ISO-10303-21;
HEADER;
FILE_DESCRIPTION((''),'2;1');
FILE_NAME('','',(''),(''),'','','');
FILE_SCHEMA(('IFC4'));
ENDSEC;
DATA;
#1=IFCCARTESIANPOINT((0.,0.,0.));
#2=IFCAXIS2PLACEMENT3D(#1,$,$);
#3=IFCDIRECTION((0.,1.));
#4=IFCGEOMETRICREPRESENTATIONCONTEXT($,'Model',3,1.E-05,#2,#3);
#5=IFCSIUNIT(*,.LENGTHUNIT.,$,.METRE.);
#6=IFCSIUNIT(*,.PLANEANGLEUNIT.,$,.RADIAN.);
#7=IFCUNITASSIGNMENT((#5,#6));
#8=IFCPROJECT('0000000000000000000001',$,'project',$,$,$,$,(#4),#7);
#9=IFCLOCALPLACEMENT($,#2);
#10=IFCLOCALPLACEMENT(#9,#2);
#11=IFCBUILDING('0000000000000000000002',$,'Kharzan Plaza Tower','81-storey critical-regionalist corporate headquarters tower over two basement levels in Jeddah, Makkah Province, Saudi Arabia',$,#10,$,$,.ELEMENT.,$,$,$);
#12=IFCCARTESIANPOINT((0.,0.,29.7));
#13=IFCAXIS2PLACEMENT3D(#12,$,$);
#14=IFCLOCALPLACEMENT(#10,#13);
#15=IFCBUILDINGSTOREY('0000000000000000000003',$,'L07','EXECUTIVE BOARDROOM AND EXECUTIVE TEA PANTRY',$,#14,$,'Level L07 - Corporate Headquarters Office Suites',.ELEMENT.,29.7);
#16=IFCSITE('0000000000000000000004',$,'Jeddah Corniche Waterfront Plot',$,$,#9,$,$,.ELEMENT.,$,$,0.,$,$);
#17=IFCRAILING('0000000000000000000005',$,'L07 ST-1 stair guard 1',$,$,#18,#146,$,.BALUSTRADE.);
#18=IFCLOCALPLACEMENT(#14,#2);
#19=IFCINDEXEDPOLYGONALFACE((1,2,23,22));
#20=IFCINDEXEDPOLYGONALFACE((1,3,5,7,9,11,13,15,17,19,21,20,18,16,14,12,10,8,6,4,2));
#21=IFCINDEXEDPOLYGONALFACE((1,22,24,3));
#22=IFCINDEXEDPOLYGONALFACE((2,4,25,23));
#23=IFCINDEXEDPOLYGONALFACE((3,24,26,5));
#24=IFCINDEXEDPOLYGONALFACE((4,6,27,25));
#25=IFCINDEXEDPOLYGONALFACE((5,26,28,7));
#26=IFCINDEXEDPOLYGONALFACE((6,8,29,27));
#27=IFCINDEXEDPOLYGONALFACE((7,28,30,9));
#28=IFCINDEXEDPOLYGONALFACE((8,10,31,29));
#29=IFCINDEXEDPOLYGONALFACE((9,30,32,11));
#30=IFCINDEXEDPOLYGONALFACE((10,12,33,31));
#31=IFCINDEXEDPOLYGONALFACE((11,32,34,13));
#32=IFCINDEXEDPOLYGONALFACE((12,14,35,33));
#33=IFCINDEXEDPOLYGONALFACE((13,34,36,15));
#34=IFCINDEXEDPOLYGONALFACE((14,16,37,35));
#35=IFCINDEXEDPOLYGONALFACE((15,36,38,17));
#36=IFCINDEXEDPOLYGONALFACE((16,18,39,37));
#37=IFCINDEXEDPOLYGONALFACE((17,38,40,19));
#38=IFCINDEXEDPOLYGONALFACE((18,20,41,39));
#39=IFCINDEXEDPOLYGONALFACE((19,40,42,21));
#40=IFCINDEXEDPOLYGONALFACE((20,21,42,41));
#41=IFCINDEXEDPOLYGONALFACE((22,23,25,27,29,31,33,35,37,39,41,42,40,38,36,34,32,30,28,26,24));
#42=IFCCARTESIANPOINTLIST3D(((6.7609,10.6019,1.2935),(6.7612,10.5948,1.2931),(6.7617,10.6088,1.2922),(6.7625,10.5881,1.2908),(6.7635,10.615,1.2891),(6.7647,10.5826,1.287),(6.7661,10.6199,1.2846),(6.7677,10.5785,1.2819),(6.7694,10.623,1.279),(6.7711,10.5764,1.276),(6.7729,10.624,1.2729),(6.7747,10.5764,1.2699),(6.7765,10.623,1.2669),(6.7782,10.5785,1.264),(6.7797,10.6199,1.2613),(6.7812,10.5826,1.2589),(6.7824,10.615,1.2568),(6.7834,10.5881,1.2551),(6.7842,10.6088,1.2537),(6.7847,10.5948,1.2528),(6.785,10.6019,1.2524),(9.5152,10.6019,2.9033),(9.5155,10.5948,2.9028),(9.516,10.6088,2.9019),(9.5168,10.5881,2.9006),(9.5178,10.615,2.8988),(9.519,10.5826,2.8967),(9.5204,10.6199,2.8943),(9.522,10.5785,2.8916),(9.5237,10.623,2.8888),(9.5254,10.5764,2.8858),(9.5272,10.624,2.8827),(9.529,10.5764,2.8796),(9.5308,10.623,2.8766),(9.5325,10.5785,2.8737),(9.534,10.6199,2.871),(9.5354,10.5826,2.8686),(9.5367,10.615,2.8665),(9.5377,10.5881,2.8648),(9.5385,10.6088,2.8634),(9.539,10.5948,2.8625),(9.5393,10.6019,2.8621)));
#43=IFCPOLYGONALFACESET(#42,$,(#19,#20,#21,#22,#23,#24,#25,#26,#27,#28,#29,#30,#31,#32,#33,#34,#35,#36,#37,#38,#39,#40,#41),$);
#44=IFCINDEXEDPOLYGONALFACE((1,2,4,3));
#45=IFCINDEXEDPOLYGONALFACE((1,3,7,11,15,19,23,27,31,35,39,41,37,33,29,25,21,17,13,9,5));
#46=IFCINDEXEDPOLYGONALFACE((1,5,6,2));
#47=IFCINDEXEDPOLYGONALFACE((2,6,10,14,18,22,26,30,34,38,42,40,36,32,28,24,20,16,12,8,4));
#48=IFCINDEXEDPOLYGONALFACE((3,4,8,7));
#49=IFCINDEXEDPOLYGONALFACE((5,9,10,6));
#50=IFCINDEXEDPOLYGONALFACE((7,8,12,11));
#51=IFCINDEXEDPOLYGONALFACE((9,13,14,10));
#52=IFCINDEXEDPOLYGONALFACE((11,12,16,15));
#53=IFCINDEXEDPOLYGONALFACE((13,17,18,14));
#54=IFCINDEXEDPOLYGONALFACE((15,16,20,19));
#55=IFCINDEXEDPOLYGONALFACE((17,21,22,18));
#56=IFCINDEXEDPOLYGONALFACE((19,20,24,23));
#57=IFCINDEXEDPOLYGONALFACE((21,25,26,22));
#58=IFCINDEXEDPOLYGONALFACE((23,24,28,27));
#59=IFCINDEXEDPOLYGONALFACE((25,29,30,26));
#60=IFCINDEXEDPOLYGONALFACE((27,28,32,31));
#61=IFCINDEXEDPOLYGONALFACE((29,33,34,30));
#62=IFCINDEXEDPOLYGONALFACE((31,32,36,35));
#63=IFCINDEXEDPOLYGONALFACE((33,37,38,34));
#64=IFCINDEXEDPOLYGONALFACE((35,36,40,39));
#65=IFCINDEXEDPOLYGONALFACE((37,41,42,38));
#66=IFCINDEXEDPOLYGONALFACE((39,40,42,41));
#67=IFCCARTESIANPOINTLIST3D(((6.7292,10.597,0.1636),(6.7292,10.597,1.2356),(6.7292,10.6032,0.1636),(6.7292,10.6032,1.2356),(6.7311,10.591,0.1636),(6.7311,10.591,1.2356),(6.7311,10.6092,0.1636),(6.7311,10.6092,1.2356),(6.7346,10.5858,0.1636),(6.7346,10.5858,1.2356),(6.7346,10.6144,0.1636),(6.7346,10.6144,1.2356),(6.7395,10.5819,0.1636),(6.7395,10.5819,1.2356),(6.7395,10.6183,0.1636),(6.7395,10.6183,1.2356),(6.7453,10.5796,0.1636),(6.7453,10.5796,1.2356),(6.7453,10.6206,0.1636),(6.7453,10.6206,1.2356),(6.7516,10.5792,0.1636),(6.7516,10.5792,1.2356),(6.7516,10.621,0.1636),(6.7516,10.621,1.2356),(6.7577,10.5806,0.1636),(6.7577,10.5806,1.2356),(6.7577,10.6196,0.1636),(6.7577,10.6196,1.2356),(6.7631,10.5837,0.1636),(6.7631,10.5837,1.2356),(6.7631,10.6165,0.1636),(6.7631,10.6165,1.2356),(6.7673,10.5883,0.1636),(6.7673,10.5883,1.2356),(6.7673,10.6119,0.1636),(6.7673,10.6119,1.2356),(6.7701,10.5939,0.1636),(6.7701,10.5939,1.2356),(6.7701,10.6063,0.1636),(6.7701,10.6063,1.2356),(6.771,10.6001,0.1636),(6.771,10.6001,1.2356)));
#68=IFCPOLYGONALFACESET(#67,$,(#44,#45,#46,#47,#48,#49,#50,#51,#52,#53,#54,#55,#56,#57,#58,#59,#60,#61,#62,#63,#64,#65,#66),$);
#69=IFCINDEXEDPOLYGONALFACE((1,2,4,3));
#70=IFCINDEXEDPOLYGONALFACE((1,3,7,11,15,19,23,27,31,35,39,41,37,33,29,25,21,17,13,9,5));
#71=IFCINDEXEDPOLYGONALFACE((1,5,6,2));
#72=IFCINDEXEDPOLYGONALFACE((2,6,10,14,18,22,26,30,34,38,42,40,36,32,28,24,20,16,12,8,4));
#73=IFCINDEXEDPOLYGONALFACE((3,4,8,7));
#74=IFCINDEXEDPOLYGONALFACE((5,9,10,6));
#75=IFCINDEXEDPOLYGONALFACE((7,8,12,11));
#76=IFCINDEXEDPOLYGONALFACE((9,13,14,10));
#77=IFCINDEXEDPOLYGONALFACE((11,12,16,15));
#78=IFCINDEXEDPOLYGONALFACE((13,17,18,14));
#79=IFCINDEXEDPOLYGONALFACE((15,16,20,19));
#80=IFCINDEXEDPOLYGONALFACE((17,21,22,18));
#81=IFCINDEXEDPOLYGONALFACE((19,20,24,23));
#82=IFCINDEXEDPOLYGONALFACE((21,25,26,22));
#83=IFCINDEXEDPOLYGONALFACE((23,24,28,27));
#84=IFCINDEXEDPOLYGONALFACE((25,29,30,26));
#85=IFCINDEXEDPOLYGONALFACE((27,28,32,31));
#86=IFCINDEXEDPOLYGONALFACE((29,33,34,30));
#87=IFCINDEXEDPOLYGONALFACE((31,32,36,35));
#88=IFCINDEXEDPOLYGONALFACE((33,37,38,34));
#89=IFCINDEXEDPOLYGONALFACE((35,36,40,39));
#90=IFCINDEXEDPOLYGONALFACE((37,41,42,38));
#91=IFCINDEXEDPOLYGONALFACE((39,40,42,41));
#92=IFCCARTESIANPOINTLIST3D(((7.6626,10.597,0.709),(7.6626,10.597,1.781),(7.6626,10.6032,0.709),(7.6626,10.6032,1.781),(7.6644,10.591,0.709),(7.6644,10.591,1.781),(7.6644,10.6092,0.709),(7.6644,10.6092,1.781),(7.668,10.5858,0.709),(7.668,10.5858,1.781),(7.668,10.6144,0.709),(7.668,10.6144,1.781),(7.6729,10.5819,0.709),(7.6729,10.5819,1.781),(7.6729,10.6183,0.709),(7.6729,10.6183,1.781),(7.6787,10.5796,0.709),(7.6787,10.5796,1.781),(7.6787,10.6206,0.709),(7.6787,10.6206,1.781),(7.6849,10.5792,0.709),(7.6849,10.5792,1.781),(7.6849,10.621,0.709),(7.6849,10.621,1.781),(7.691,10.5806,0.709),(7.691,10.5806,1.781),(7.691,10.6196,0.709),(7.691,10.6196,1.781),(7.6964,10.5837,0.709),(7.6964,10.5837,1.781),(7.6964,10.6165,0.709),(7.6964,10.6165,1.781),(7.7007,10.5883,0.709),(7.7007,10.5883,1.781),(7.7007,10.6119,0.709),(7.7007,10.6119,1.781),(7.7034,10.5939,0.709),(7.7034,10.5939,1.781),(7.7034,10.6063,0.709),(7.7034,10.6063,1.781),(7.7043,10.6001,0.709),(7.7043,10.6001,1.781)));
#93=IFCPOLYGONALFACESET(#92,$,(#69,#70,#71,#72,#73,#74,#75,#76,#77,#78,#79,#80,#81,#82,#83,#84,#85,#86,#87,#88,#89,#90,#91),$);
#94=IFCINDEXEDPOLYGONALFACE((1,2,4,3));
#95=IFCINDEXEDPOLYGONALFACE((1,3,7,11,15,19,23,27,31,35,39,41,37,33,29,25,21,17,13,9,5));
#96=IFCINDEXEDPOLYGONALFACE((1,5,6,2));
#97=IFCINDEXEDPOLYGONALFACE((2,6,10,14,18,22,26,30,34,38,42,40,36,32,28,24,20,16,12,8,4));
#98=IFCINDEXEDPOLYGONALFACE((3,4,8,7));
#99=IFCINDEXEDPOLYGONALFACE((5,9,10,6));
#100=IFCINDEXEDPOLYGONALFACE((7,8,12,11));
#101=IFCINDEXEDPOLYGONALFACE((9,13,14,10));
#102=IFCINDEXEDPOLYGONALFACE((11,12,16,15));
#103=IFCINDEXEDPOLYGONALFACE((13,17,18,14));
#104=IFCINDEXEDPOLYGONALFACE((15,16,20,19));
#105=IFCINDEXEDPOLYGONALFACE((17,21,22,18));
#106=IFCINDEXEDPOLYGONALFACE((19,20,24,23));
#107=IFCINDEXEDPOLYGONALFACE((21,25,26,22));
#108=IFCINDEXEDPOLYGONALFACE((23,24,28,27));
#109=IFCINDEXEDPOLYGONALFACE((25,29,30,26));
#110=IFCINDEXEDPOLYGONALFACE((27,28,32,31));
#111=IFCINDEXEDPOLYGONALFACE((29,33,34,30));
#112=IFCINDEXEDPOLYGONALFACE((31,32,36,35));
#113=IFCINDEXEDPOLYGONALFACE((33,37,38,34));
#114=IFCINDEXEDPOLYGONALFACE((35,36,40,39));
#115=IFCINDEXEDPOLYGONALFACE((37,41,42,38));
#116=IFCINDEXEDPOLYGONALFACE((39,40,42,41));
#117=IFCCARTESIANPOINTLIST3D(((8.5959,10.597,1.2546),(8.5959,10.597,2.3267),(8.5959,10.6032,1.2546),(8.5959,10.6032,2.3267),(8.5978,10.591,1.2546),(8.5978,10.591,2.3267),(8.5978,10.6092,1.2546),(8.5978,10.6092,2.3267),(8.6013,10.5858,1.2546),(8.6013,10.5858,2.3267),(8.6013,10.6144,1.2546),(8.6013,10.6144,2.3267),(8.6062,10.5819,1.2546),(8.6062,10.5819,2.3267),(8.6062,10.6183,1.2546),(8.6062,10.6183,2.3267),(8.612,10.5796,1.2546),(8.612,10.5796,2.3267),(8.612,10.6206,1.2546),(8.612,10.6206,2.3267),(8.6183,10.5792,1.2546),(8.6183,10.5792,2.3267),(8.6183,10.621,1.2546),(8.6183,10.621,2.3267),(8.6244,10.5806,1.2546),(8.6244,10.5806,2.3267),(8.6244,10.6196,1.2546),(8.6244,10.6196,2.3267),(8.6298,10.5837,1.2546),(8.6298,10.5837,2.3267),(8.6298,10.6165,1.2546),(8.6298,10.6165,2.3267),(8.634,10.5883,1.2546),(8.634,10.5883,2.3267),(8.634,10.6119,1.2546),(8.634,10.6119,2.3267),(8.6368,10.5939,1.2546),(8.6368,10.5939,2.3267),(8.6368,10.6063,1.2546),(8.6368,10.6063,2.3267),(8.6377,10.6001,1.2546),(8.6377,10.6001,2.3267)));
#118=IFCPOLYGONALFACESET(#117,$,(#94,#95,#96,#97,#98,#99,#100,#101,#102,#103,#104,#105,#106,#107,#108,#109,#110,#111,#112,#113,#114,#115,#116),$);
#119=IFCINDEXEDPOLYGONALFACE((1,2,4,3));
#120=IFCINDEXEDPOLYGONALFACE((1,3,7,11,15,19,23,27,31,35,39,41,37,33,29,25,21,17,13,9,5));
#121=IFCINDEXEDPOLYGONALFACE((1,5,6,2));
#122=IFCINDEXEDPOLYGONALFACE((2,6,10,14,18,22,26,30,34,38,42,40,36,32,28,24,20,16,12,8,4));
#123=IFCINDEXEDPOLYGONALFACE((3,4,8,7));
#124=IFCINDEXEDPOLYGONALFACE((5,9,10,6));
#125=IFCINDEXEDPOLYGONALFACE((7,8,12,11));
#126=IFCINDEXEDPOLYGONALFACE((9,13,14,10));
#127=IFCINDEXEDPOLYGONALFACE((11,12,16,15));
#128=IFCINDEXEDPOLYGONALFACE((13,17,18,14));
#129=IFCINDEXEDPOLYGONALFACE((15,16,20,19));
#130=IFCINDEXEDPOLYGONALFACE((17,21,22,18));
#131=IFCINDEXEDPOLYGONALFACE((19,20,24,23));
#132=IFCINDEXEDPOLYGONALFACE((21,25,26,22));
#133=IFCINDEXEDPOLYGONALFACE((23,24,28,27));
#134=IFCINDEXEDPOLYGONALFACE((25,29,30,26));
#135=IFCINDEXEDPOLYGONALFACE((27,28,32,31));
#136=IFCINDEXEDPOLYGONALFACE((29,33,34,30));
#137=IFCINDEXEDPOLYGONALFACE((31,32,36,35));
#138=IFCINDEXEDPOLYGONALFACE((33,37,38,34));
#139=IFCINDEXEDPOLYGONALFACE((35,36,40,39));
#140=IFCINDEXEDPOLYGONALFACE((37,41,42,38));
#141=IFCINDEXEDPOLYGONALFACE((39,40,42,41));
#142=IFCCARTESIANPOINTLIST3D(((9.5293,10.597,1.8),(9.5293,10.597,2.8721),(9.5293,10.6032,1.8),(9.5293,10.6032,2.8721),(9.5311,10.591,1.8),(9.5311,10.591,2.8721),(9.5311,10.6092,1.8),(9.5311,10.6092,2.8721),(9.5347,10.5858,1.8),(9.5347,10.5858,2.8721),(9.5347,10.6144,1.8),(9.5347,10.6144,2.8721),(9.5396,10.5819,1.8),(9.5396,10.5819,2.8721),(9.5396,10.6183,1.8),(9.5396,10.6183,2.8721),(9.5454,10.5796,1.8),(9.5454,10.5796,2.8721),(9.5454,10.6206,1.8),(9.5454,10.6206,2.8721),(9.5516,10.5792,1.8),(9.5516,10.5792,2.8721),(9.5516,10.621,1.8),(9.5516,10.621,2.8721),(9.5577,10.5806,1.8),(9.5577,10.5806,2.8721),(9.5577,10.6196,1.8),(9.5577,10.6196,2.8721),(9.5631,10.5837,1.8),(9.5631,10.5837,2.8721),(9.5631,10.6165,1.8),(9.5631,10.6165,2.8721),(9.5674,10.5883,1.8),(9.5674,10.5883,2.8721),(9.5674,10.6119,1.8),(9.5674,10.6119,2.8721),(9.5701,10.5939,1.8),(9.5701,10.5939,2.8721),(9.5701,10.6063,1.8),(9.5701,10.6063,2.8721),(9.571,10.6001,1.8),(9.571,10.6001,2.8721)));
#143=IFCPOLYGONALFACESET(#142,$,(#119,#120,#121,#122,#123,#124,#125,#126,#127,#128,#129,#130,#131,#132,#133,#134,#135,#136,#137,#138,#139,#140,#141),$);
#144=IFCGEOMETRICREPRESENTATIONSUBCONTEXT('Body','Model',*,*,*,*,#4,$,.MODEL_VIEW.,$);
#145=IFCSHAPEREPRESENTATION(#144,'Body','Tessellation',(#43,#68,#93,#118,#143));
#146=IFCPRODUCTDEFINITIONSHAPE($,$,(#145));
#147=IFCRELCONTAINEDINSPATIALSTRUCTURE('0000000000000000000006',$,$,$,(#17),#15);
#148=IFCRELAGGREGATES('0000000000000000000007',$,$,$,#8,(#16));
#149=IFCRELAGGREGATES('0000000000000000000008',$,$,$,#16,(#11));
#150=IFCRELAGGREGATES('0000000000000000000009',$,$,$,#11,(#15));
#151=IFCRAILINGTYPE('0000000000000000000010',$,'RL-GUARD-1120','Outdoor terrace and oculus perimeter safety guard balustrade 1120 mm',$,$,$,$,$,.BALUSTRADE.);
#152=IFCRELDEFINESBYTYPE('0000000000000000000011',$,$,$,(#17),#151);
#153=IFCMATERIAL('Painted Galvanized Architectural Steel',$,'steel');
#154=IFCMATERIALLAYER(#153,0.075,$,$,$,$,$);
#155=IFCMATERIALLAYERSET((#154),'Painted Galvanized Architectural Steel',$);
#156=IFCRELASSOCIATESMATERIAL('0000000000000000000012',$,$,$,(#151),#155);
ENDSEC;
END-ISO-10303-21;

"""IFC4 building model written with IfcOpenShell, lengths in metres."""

from ifc_helpers import new_model, si_unit, direction, frame, origin, origin_2d, place, context, subcontext, project, spatial, circle, extrude, source, transform, mapped, material, layer, layer_set, type_object, element, save


model = new_model("IFC4")

# Units and contexts
model_context = context("Model", 3, precision=1e-05, world=origin(), true_north=direction((0.0, 1.0)))
body_context = subcontext(model_context, "Body", "Model", "MODEL_VIEW")
ifc_project = project(units=[si_unit("LENGTHUNIT", "METRE"), si_unit("PLANEANGLEUNIT", "RADIAN")], contexts=[model_context])

# Site, building, storey
site_placement = place(None, origin())
site = spatial("IfcSite", under=ifc_project, at=site_placement, Name="Jeddah Corniche Waterfront Plot", CompositionType="ELEMENT", RefElevation=0.0)
building_placement = place(site_placement, origin())
building = spatial("IfcBuilding", under=site, at=building_placement, Name="Kharzan Plaza Tower", Description="81-storey critical-regionalist corporate headquarters tower over two basement levels in Jeddah, Makkah Province, Saudi Arabia", CompositionType="ELEMENT")
storey_placement = place(building_placement, frame((0.0, 0.0, 29.7)))
storey = spatial("IfcBuildingStorey", under=building, at=storey_placement, Name="L07", Description="EXECUTIVE BOARDROOM AND EXECUTIVE TEA PANTRY", LongName="Level L07 - Corporate Headquarters Office Suites", CompositionType="ELEMENT", Elevation=29.7)

# Railing
ifc_material_1 = material(Name="Painted Galvanized Architectural Steel", Category="steel")
ifc_layer_1 = layer(ifc_material_1, 0.075)
ifc_layer_set_1 = layer_set([ifc_layer_1], Name="Painted Galvanized Architectural Steel")
railing_type_1 = type_object("IfcRailingType", Name="RL-GUARD-1120", Description="Outdoor terrace and oculus perimeter safety guard balustrade 1120 mm", PredefinedType="BALUSTRADE", material=ifc_layer_set_1)
shared_shape_1 = source(origin(), body_context, "Body", "SweptSolid", [
    extrude(circle(Radius=0.0239, at=origin_2d()), frame((0.0229, 0.0, 1.1094), z_axis=(0.863361, 0.0, 0.504587), x_axis=(0.0, 1.0, 0.0)), (0.0, 0.0, 1.0), 3.1902),
    extrude(circle(Radius=0.021, at=origin_2d()), origin(), (0.0, 0.0, 1.0), 1.072),
    extrude(circle(Radius=0.021, at=origin_2d()), frame((0.9333, 0.0, 0.5454)), (0.0, 0.0, 1.0), 1.072),
    extrude(circle(Radius=0.021, at=origin_2d()), frame((1.8667, 0.0, 1.0911)), (0.0, 0.0, 1.0), 1.072),
    extrude(circle(Radius=0.021, at=origin_2d()), frame((2.8, 0.0, 1.6365)), (0.0, 0.0, 1.0), 1.072),
])
railing_1_placement = place(storey_placement, frame((6.75, 10.6001, 0.1636)))
element("IfcRailing", 1, at=railing_1_placement, inside=storey, type_object=railing_type_1, Name="L07 ST-1 stair guard 1", PredefinedType="BALUSTRADE", context=body_context, shape_type="MappedRepresentation", body=[
    mapped(shared_shape_1, transform((0.0, 0.0, 0.0), x_axis=(1.0, 0.0, 0.0), y_axis=(0.0, 1.0, 0.0), z_axis=(0.0, 0.0, 1.0))),
])

save(model, "model.ifc")
